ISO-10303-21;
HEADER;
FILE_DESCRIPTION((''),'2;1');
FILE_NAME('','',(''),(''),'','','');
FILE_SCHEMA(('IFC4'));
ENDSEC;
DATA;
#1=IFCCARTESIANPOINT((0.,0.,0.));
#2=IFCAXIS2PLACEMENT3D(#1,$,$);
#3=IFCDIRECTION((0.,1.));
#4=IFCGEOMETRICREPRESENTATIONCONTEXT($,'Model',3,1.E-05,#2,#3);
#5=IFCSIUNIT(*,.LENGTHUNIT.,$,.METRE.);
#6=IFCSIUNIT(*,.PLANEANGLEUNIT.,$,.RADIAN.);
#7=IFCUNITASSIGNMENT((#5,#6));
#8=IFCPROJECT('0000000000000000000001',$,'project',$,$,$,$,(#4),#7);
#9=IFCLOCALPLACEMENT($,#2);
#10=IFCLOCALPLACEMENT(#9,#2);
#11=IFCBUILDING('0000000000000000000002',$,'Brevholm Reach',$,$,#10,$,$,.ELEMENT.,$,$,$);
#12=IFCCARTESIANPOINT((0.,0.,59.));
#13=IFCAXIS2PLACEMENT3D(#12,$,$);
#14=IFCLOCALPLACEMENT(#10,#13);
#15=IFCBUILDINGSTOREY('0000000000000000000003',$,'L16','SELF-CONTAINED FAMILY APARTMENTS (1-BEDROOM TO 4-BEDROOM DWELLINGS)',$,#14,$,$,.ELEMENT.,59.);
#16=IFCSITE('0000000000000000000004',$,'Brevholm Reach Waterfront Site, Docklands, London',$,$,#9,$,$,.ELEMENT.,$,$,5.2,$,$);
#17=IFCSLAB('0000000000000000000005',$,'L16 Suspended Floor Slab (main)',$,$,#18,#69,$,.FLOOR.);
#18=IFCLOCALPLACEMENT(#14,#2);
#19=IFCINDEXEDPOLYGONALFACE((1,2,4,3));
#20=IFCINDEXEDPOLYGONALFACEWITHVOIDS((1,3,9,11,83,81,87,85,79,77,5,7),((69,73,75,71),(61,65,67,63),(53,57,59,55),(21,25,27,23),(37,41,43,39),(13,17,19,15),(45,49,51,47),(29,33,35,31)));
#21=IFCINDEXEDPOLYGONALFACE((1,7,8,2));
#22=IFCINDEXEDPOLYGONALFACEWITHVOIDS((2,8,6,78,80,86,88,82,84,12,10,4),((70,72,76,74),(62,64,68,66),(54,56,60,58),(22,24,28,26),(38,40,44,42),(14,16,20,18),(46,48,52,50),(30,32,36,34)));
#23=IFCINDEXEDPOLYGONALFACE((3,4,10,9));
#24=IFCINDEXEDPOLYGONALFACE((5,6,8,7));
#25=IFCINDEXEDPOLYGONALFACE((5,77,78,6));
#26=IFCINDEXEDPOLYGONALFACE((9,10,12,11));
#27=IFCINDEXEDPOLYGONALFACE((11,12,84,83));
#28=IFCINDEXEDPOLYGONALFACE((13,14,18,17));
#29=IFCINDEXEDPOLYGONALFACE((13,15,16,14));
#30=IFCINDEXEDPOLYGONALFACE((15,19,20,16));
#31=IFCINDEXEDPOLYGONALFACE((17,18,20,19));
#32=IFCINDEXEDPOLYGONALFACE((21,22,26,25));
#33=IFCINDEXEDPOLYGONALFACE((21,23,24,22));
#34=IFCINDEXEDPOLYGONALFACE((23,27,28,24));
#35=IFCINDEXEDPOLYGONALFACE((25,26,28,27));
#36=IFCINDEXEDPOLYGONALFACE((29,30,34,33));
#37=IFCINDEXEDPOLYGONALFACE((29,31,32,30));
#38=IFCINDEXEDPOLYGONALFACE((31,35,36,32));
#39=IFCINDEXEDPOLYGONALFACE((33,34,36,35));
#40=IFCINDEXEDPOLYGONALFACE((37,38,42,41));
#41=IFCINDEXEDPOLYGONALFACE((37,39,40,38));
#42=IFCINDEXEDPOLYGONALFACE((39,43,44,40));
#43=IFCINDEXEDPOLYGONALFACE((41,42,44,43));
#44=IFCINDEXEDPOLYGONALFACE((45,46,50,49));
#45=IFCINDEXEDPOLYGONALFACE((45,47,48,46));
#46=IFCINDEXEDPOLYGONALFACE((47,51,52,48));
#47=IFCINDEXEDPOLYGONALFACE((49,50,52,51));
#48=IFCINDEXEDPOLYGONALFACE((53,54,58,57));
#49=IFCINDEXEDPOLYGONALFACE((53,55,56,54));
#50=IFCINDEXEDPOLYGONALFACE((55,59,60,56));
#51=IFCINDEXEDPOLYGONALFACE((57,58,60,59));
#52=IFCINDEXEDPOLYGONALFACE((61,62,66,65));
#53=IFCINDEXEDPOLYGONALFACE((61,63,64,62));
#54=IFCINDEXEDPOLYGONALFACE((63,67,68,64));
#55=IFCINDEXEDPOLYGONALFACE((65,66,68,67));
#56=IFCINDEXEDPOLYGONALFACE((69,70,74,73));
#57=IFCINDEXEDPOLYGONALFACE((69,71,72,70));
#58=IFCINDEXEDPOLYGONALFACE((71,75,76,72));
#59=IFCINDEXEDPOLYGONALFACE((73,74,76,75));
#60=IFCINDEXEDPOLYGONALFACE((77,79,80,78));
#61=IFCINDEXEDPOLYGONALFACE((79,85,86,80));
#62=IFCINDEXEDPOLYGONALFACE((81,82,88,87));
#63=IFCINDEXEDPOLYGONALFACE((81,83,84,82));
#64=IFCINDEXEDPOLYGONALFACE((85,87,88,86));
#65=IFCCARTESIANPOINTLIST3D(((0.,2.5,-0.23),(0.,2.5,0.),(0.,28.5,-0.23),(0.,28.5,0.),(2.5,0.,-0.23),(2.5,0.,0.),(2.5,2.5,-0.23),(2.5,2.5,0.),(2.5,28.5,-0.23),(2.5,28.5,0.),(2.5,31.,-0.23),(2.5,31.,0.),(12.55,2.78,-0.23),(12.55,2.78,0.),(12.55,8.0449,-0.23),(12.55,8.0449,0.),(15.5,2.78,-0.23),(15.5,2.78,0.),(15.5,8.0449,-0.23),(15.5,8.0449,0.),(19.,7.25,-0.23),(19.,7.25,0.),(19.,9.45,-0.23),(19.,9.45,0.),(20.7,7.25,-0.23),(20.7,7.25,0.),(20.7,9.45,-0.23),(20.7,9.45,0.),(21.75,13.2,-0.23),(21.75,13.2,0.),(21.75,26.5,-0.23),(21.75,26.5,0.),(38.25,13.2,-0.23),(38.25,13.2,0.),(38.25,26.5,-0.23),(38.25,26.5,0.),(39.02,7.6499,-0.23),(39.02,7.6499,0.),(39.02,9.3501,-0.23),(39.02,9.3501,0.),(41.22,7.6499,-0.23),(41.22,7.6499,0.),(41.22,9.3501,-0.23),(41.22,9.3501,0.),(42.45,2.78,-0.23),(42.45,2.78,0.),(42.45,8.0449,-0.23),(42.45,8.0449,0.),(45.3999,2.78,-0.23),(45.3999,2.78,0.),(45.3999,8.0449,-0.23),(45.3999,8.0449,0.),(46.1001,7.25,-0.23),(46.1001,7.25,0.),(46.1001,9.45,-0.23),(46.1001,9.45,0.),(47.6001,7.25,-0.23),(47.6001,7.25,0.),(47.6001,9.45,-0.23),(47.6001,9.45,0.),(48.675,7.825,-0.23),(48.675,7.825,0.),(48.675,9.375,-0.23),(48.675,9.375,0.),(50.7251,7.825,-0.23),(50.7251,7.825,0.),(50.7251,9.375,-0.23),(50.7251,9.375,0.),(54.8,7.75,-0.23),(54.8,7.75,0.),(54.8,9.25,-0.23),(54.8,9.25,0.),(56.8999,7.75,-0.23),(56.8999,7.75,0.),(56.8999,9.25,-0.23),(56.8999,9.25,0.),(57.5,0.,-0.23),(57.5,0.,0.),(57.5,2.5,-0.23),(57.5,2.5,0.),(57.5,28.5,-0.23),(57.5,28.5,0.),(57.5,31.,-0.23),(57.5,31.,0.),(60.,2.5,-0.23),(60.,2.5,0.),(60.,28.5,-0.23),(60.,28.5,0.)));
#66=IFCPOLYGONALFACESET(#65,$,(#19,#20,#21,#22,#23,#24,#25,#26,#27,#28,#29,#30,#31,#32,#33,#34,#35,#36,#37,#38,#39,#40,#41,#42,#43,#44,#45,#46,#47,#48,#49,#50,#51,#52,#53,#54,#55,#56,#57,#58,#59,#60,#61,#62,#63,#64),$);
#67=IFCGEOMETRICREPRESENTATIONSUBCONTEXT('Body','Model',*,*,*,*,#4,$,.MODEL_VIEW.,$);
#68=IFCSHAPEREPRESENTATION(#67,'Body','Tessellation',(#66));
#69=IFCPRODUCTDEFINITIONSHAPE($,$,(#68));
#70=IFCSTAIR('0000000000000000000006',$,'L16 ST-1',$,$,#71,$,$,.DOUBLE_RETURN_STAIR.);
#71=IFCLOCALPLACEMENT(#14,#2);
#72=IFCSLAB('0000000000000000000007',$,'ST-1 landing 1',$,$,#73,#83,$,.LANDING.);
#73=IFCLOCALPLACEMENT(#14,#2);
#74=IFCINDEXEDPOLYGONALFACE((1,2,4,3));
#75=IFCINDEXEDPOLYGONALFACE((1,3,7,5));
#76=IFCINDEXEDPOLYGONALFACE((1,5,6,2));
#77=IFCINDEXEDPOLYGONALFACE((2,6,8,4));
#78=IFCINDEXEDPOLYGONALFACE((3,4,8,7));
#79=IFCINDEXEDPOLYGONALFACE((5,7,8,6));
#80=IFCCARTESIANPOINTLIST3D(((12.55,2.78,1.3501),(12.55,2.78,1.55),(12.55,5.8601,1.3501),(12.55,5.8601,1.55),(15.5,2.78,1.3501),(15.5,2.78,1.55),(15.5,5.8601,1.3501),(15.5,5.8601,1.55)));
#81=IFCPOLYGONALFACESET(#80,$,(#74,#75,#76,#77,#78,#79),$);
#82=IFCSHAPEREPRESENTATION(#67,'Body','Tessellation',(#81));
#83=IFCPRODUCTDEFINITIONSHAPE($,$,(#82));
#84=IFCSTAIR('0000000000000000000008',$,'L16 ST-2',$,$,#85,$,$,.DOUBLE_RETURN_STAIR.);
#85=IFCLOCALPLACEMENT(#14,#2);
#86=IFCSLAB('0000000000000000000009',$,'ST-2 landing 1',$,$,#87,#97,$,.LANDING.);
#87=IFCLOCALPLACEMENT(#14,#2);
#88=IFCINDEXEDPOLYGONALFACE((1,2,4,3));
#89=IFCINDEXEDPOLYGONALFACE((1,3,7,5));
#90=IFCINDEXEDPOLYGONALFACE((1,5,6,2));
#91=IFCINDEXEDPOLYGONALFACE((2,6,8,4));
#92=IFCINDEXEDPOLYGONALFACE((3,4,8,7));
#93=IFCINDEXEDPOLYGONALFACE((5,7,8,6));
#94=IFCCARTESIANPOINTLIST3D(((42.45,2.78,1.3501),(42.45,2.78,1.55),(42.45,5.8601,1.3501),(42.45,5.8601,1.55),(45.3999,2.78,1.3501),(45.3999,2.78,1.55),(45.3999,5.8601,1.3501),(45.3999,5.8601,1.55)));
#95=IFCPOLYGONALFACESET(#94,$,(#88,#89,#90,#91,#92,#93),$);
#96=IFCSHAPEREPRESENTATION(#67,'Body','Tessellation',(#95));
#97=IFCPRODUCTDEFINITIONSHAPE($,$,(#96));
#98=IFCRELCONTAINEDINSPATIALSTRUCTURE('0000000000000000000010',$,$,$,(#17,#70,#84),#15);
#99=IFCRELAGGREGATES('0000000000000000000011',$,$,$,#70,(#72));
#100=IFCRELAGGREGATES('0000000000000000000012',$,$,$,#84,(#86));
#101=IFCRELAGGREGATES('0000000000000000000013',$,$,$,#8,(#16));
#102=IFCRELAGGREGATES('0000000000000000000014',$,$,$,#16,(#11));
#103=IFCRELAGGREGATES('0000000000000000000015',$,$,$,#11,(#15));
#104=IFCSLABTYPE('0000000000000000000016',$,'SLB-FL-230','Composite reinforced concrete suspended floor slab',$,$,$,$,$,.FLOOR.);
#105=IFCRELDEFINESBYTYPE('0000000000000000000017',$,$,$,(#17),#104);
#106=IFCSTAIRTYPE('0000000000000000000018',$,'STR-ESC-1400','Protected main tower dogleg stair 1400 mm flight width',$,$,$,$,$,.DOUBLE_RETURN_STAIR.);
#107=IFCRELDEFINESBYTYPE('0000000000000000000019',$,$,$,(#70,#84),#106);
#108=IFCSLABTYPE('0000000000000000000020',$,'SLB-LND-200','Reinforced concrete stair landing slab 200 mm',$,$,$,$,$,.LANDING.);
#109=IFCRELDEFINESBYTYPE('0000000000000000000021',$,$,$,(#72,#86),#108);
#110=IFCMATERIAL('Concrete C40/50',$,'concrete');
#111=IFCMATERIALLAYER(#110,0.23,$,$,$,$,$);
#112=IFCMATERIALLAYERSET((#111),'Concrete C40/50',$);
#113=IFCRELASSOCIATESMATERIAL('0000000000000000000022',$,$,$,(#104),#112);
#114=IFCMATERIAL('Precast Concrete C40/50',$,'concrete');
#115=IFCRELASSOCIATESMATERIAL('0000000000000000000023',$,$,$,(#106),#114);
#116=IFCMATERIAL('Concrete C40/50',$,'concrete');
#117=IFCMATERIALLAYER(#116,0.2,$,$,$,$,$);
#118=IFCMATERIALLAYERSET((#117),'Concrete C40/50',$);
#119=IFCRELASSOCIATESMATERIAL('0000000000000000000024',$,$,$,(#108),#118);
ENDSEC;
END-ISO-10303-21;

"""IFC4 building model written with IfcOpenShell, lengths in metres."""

from ifc_helpers import new_model, si_unit, direction, frame, origin, place, context, subcontext, project, spatial, polyline, outline, extrude, material, layer, layer_set, type_object, element, aggregate, save


model = new_model("IFC4")

# Units and contexts
model_context = context("Model", 3, precision=1e-05, world=origin(), true_north=direction((0.0, 1.0)))
body_context = subcontext(model_context, "Body", "Model", "MODEL_VIEW")
ifc_project = project(units=[si_unit("LENGTHUNIT", "METRE"), si_unit("PLANEANGLEUNIT", "RADIAN")], contexts=[model_context])

# Site, building, storey
site_placement = place(None, origin())
site = spatial("IfcSite", under=ifc_project, at=site_placement, Name="Brevholm Reach Waterfront Site, Docklands, London", CompositionType="ELEMENT", RefElevation=5.2)
building_placement = place(site_placement, origin())
building = spatial("IfcBuilding", under=site, at=building_placement, Name="Brevholm Reach", CompositionType="ELEMENT")
storey_placement = place(building_placement, frame((0.0, 0.0, 59.0)))
storey = spatial("IfcBuildingStorey", under=building, at=storey_placement, Name="L16", Description="SELF-CONTAINED FAMILY APARTMENTS (1-BEDROOM TO 4-BEDROOM DWELLINGS)", CompositionType="ELEMENT", Elevation=59.0)

# Slab
ifc_material_1 = material(Name="Concrete C40/50", Category="concrete")
ifc_layer_1 = layer(ifc_material_1, 0.23)
ifc_layer_set_1 = layer_set([ifc_layer_1], Name="Concrete C40/50")
slab_type_1 = type_object("IfcSlabType", Name="SLB-FL-230", Description="Composite reinforced concrete suspended floor slab", PredefinedType="FLOOR", material=ifc_layer_set_1)
slab_1_placement = place(storey_placement, frame((0.0, 0.0, -0.23)))
element("IfcSlab", 1, at=slab_1_placement, inside=storey, type_object=slab_type_1, Name="L16 Suspended Floor Slab (main)", PredefinedType="FLOOR", context=body_context, shape_type="SweptSolid", body=[
    extrude(outline(polyline([(2.5, 0.0), (57.5, 0.0), (57.5, 2.5), (60.0, 2.5), (60.0, 28.5), (57.5, 28.5), (57.5, 31.0), (2.5, 31.0), (2.5, 28.5), (0.0, 28.5), (0.0, 2.5), (2.5, 2.5), (2.5, 0.0)]), holes=[polyline([(21.75, 13.2), (38.25, 13.2), (38.25, 26.5), (21.75, 26.5), (21.75, 13.2)]), polyline([(12.55, 2.78), (15.5, 2.78), (15.5, 8.0449), (12.55, 8.0449), (12.55, 2.78)]), polyline([(42.45, 2.78), (45.3999, 2.78), (45.3999, 8.0449), (42.45, 8.0449), (42.45, 2.78)]), polyline([(19.0, 7.25), (20.7, 7.25), (20.7, 9.45), (19.0, 9.45), (19.0, 7.25)]), polyline([(46.1001, 7.25), (47.6001, 7.25), (47.6001, 9.45), (46.1001, 9.45), (46.1001, 7.25)]), polyline([(48.675, 7.825), (50.7251, 7.825), (50.7251, 9.375), (48.675, 9.375), (48.675, 7.825)]), polyline([(54.8, 7.75), (56.8999, 7.75), (56.8999, 9.25), (54.8, 9.25), (54.8, 7.75)]), polyline([(39.02, 7.6499), (41.22, 7.6499), (41.22, 9.3501), (39.02, 9.3501), (39.02, 7.6499)])]), origin(), (0.0, 0.0, 1.0), 0.23),
])

# Stairs, slabs
ifc_material_2 = material(Name="Precast Concrete C40/50", Category="concrete")
stair_type = type_object("IfcStairType", Name="STR-ESC-1400", Description="Protected main tower dogleg stair 1400 mm flight width", PredefinedType="DOUBLE_RETURN_STAIR", material=ifc_material_2)
stair_1_placement = place(storey_placement, origin())
stair_1 = element("IfcStair", 2, at=stair_1_placement, inside=storey, type_object=stair_type, Name="L16 ST-1", PredefinedType="DOUBLE_RETURN_STAIR")
ifc_material_3 = material(Name="Concrete C40/50", Category="concrete")
ifc_layer_2 = layer(ifc_material_3, 0.2)
ifc_layer_set_2 = layer_set([ifc_layer_2], Name="Concrete C40/50")
slab_type_2 = type_object("IfcSlabType", Name="SLB-LND-200", Description="Reinforced concrete stair landing slab 200 mm", PredefinedType="LANDING", material=ifc_layer_set_2)
slab_2_placement = place(storey_placement, frame((0.0, 0.0, 1.3501)))
slab_2 = element("IfcSlab", 3, at=slab_2_placement, type_object=slab_type_2, Name="ST-1 landing 1", PredefinedType="LANDING", context=body_context, shape_type="SweptSolid", body=[
    extrude(outline(polyline([(12.55, 5.8601), (12.55, 2.78), (15.5, 2.78), (15.5, 5.8601), (12.55, 5.8601)])), origin(), (0.0, 0.0, 1.0), 0.2),
])
aggregate(stair_1, [slab_2])
stair_2_placement = place(storey_placement, origin())
stair_2 = element("IfcStair", 4, at=stair_2_placement, inside=storey, type_object=stair_type, Name="L16 ST-2", PredefinedType="DOUBLE_RETURN_STAIR")
slab_3_placement = place(storey_placement, frame((0.0, 0.0, 1.3501)))
slab_3 = element("IfcSlab", 5, at=slab_3_placement, type_object=slab_type_2, Name="ST-2 landing 1", PredefinedType="LANDING", context=body_context, shape_type="SweptSolid", body=[
    extrude(outline(polyline([(42.45, 5.8601), (42.45, 2.78), (45.3999, 2.78), (45.3999, 5.8601), (42.45, 5.8601)])), origin(), (0.0, 0.0, 1.0), 0.2),
])
aggregate(stair_2, [slab_3])

save(model, "model.ifc")
